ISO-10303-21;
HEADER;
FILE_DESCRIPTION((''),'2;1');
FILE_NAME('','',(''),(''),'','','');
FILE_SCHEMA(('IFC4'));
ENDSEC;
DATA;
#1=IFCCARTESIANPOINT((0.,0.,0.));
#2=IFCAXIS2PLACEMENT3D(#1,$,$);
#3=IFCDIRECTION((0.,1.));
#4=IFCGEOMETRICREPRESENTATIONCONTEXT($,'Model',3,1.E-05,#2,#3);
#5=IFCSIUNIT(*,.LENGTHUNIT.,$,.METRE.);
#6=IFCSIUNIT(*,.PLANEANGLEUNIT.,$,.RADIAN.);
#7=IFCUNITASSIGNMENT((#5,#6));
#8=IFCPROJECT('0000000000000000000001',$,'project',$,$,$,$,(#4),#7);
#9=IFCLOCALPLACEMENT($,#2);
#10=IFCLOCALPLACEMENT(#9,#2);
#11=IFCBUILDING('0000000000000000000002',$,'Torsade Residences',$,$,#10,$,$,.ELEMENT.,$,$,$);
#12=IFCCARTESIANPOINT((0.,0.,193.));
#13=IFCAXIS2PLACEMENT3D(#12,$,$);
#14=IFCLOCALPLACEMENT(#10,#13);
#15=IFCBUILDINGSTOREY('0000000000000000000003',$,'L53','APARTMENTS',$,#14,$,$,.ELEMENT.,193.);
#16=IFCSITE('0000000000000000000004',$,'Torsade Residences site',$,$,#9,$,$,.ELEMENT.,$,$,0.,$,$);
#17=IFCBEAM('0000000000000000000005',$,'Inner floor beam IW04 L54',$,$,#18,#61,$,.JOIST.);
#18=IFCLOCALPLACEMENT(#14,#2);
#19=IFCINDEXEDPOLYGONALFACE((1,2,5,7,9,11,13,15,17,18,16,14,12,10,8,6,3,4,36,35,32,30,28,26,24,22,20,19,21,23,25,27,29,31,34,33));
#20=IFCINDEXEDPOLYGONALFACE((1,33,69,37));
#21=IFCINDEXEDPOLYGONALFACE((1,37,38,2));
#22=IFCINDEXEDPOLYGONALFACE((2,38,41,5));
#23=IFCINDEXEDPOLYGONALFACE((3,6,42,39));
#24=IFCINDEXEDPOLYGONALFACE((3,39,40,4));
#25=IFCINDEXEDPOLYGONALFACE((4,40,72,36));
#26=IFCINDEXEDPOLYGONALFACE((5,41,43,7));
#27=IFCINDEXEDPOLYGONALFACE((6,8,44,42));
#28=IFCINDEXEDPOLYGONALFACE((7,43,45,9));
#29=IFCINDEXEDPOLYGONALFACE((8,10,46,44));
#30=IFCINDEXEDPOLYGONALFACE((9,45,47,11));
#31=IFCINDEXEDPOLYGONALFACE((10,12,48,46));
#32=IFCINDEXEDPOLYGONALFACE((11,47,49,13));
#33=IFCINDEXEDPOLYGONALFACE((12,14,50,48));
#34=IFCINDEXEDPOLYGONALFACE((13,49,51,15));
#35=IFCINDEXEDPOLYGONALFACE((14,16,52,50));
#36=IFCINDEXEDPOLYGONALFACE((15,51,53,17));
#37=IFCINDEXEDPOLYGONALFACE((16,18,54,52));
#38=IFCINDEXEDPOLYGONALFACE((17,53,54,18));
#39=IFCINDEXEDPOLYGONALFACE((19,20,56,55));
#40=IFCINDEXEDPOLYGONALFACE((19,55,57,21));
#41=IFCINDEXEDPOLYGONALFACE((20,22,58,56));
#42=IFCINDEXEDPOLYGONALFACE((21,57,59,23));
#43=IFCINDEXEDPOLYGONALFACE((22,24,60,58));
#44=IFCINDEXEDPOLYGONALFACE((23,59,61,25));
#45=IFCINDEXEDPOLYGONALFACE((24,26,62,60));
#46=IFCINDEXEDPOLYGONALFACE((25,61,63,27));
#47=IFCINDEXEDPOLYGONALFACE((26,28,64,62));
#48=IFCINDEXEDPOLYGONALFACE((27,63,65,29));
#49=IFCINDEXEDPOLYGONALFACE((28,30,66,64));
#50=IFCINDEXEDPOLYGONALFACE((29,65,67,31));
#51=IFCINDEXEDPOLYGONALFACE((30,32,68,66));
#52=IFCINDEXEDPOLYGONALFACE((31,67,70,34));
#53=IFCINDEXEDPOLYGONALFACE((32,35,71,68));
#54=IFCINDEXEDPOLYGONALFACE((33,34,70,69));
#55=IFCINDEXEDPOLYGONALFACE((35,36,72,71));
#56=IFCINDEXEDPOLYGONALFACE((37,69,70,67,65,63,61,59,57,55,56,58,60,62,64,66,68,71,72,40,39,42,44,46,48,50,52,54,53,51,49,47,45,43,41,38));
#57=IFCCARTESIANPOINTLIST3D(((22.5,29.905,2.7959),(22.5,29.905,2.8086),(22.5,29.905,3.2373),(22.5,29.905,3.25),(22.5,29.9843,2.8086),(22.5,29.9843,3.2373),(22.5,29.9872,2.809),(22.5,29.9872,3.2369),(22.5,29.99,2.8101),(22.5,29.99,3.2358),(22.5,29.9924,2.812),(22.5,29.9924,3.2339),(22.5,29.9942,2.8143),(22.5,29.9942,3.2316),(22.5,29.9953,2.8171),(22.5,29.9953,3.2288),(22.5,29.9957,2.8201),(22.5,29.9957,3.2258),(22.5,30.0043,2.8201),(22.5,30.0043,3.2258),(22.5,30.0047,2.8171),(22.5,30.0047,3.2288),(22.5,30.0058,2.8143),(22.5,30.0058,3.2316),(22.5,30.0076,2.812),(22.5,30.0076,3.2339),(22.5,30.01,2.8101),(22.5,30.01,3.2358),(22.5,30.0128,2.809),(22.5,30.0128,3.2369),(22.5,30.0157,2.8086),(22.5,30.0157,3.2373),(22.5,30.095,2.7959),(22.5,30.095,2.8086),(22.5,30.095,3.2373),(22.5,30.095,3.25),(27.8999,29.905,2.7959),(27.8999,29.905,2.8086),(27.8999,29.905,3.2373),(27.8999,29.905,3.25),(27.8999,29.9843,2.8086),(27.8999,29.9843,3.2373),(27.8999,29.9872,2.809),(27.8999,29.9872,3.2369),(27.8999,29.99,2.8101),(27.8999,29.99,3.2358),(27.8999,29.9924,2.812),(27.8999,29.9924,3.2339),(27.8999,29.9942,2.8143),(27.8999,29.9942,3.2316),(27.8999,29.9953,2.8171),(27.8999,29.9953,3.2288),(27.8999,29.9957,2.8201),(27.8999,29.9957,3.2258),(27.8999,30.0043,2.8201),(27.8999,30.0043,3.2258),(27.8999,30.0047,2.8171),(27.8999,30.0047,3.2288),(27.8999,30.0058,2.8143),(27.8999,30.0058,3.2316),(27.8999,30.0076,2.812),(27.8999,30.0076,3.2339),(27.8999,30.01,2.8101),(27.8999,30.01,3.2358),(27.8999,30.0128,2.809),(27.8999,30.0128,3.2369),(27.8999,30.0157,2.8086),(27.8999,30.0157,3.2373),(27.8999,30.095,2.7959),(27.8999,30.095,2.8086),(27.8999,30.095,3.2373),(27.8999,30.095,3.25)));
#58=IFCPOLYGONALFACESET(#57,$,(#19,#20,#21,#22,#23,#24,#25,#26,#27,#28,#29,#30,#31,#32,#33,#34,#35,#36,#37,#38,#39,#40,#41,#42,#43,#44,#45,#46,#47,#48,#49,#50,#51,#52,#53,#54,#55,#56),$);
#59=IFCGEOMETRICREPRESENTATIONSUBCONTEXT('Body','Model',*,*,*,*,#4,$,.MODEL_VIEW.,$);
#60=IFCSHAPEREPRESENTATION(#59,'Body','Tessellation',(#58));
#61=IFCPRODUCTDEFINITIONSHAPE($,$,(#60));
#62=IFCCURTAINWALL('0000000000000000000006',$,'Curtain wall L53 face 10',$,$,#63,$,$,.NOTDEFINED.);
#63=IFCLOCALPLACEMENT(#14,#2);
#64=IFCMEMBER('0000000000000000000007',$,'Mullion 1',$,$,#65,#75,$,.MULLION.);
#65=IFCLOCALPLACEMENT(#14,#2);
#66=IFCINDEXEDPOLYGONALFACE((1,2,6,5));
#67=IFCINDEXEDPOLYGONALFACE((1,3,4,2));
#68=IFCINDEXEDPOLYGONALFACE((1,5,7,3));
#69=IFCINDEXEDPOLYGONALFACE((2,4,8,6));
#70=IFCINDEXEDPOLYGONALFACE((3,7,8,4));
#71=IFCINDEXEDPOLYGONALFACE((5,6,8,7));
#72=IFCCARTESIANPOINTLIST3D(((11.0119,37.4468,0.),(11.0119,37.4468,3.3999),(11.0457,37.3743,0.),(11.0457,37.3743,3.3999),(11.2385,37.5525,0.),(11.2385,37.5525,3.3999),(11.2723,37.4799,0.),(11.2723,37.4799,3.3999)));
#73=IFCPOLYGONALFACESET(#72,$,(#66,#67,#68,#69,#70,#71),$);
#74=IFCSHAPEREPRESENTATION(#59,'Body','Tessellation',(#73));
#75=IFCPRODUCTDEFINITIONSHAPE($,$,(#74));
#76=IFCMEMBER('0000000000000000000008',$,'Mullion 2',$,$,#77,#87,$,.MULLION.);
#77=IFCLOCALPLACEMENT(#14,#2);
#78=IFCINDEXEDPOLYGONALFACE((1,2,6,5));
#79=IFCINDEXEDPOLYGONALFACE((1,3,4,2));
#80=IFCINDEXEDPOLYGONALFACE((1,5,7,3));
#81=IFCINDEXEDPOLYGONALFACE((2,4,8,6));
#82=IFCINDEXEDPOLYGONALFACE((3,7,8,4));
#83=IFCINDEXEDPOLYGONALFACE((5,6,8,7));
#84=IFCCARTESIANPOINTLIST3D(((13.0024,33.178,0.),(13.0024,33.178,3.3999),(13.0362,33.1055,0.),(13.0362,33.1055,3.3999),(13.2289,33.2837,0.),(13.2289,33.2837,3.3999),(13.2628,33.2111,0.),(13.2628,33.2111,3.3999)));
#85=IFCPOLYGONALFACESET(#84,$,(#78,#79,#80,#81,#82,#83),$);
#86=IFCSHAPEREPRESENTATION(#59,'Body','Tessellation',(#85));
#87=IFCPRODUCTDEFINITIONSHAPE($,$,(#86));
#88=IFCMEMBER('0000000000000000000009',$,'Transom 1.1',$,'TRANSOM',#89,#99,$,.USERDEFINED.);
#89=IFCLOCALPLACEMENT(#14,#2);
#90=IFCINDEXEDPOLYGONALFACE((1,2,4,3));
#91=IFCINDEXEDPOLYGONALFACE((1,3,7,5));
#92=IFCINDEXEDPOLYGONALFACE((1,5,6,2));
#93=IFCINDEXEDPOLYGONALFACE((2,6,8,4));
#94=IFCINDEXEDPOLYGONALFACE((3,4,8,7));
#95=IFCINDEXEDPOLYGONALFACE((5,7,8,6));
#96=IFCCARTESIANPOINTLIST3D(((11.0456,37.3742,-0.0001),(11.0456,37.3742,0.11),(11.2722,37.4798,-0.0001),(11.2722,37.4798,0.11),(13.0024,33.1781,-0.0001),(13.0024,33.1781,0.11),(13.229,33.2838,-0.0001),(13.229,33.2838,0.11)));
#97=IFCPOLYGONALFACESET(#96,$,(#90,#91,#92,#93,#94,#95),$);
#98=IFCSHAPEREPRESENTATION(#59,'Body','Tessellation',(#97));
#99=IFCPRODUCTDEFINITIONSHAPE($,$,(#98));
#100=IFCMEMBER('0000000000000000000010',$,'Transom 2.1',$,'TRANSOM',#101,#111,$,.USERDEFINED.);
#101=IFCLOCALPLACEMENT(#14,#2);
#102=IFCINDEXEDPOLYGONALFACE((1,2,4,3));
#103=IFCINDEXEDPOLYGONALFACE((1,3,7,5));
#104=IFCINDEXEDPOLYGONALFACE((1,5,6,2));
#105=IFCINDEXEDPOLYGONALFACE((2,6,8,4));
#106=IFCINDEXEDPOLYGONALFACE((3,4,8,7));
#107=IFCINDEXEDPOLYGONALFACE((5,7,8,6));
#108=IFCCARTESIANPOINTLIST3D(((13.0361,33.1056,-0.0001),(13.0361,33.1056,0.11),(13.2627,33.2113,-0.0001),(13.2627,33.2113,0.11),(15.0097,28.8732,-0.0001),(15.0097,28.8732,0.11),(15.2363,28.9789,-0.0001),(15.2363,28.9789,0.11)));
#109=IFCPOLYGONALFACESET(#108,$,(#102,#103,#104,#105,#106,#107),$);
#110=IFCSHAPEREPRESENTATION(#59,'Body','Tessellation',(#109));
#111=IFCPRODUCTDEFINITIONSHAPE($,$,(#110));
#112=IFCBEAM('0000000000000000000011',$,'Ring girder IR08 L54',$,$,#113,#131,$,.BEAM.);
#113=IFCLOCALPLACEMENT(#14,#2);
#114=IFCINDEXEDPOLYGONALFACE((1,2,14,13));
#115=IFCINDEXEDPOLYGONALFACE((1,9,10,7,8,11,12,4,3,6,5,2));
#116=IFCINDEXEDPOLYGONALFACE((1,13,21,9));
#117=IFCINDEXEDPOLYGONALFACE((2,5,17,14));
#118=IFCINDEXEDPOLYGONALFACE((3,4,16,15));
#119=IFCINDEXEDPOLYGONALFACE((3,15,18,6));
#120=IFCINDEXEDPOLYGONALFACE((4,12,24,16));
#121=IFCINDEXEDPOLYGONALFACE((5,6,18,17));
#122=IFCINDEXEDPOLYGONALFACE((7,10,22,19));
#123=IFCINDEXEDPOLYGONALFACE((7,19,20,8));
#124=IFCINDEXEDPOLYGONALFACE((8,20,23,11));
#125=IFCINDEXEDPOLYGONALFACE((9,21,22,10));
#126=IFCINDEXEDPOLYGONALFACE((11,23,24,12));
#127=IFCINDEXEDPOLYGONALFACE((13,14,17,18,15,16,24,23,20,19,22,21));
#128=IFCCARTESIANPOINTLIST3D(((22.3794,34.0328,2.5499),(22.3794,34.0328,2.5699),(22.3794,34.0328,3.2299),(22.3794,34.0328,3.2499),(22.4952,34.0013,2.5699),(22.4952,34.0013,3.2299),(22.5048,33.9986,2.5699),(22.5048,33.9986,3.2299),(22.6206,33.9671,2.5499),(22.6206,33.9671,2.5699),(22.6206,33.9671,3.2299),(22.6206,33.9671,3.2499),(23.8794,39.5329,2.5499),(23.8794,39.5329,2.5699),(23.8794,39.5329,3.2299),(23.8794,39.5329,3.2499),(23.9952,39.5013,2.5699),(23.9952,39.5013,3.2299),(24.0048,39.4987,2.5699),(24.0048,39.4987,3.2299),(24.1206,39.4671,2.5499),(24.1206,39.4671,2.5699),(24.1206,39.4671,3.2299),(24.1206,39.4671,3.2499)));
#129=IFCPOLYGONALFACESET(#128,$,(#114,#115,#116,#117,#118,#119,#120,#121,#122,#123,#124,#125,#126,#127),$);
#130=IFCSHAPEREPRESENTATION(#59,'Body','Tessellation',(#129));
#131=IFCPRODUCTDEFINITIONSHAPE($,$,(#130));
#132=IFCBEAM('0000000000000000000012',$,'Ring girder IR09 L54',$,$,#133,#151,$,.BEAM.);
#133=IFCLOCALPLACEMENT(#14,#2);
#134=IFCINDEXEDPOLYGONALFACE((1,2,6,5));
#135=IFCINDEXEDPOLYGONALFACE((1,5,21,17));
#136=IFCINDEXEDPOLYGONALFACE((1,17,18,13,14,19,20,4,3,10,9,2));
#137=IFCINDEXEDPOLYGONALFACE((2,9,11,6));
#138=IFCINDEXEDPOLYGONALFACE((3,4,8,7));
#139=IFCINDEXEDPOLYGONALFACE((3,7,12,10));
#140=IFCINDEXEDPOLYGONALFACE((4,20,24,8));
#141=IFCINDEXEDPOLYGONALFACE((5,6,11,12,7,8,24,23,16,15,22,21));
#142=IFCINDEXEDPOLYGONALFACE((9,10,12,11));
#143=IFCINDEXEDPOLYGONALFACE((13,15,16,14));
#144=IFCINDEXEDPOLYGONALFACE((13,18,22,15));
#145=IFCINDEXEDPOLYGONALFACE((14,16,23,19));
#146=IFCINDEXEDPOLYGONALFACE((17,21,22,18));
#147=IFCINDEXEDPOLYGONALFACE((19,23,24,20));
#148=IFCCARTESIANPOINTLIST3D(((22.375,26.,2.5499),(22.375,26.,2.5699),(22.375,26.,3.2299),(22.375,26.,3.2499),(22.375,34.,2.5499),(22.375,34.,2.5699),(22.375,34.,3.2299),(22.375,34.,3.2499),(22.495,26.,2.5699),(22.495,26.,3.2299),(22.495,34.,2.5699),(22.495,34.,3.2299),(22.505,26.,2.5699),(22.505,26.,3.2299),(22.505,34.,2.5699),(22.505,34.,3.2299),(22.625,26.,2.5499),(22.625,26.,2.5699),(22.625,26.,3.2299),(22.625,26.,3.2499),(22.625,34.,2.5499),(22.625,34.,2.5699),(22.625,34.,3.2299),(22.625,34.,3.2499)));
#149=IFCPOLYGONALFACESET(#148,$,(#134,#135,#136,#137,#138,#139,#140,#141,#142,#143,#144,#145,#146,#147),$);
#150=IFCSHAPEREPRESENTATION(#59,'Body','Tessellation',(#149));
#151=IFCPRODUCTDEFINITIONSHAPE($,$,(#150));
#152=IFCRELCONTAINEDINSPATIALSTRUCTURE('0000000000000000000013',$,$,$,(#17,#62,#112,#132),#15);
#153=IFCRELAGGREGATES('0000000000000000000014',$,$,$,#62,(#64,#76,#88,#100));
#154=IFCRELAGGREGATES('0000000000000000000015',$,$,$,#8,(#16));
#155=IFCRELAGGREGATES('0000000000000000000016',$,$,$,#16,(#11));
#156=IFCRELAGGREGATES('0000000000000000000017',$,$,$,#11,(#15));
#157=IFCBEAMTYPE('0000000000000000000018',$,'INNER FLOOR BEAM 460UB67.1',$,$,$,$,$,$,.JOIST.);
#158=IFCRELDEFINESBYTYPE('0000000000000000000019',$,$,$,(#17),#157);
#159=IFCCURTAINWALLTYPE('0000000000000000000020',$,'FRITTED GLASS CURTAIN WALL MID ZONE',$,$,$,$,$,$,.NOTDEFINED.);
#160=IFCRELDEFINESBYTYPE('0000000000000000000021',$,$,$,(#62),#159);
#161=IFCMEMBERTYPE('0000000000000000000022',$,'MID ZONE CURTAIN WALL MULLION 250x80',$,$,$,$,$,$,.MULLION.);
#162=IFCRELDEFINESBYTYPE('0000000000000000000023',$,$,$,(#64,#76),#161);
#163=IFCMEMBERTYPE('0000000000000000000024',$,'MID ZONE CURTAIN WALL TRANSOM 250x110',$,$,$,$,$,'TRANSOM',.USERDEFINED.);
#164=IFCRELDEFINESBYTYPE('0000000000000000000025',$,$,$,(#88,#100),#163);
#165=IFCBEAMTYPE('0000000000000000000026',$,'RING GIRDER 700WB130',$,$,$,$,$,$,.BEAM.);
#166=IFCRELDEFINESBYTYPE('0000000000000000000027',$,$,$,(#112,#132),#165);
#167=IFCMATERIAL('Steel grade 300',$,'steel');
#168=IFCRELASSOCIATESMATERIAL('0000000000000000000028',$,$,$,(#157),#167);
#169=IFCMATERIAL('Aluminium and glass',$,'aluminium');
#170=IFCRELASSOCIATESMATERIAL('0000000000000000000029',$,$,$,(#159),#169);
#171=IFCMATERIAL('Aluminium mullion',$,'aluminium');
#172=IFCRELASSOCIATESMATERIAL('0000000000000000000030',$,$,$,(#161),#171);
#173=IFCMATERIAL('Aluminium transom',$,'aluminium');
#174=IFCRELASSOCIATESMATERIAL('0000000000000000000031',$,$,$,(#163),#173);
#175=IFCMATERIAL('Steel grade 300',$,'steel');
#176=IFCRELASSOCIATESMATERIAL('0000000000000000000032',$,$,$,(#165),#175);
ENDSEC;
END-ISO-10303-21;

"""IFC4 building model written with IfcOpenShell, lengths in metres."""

from ifc_helpers import new_model, si_unit, direction, frame, origin, origin_2d, place, context, subcontext, project, spatial, rectangle, i_section, extrude, material, material_profile, profile_set, type_object, element, aggregate, save


model = new_model("IFC4")

# Units and contexts
model_context = context("Model", 3, precision=1e-05, world=origin(), true_north=direction((0.0, 1.0)))
body_context = subcontext(model_context, "Body", "Model", "MODEL_VIEW")
ifc_project = project(units=[si_unit("LENGTHUNIT", "METRE"), si_unit("PLANEANGLEUNIT", "RADIAN")], contexts=[model_context])

# Site, building, storey
site_placement = place(None, origin())
site = spatial("IfcSite", under=ifc_project, at=site_placement, Name="Torsade Residences site", CompositionType="ELEMENT", RefElevation=0.0)
building_placement = place(site_placement, origin())
building = spatial("IfcBuilding", under=site, at=building_placement, Name="Torsade Residences", CompositionType="ELEMENT")
storey_placement = place(building_placement, frame((0.0, 0.0, 193.0)))
storey = spatial("IfcBuildingStorey", under=building, at=storey_placement, Name="L53", Description="APARTMENTS", CompositionType="ELEMENT", Elevation=193.0)

# Beam
ifc_material_1 = material(Name="Steel grade 300", Category="steel")
ifc_material_profile_1 = material_profile(ifc_material_1, i_section(OverallWidth=0.1899, OverallDepth=0.4541, WebThickness=0.0085, FlangeThickness=0.0127, FilletRadius=0.0115, at=origin_2d()), Name="460UB67.1")
ifc_profile_set_1 = profile_set([ifc_material_profile_1], Name="Steel grade 300")
beam_type_1 = type_object("IfcBeamType", Name="INNER FLOOR BEAM 460UB67.1", PredefinedType="JOIST", material=ifc_profile_set_1)
beam_1_placement = place(storey_placement, frame((27.8999, 30.0, 3.0229), z_axis=(-1.0, 0.0, 0.0), x_axis=(0.0, -1.0, 0.0)))
element("IfcBeam", 1, at=beam_1_placement, inside=storey, type_object=beam_type_1, Name="Inner floor beam IW04 L54", PredefinedType="JOIST", context=body_context, shape_type="SweptSolid", body=[
    extrude(i_section(OverallWidth=0.1899, OverallDepth=0.4541, WebThickness=0.0085, FlangeThickness=0.0127, FilletRadius=0.0115, at=origin_2d()), origin(), (0.0, 0.0, 1.0), 5.3999),
])

# Curtain wall, members
ifc_material_2 = material(Name="Aluminium and glass", Category="aluminium")
curtain_wall_type = type_object("IfcCurtainWallType", Name="FRITTED GLASS CURTAIN WALL MID ZONE", PredefinedType="NOTDEFINED", material=ifc_material_2)
curtain_wall_placement = place(storey_placement, origin())
curtain_wall = element("IfcCurtainWall", 2, at=curtain_wall_placement, inside=storey, type_object=curtain_wall_type, Name="Curtain wall L53 face 10", PredefinedType="NOTDEFINED")
ifc_material_3 = material(Name="Aluminium mullion", Category="aluminium")
ifc_material_profile_2 = material_profile(ifc_material_3, rectangle(XDim=0.25, YDim=0.0801, at=origin_2d()), Name="MID ZONE CURTAIN WALL MULLION 250x80")
ifc_profile_set_2 = profile_set([ifc_material_profile_2], Name="Aluminium mullion")
member_type_1 = type_object("IfcMemberType", Name="MID ZONE CURTAIN WALL MULLION 250x80", PredefinedType="MULLION", material=ifc_profile_set_2)
member_1_placement = place(storey_placement, frame((11.1421, 37.4634, 0.0), z_axis=(0.0, 0.0, 1.0), x_axis=(0.906308, 0.422618, 0.0)))
member_1 = element("IfcMember", 3, at=member_1_placement, type_object=member_type_1, Name="Mullion 1", PredefinedType="MULLION", context=body_context, shape_type="SweptSolid", body=[
    extrude(rectangle(XDim=0.25, YDim=0.0801, at=origin_2d()), origin(), (0.0, 0.0, 1.0), 3.3999),
])
member_2_placement = place(storey_placement, frame((13.1326, 33.1946, 0.0), z_axis=(0.0, 0.0, 1.0), x_axis=(0.906308, 0.422618, 0.0)))
member_2 = element("IfcMember", 4, at=member_2_placement, type_object=member_type_1, Name="Mullion 2", PredefinedType="MULLION", context=body_context, shape_type="SweptSolid", body=[
    extrude(rectangle(XDim=0.25, YDim=0.0801, at=origin_2d()), origin(), (0.0, 0.0, 1.0), 3.3999),
])
ifc_material_4 = material(Name="Aluminium transom", Category="aluminium")
ifc_material_profile_3 = material_profile(ifc_material_4, rectangle(XDim=0.25, YDim=0.1101, at=origin_2d()), Name="MID ZONE CURTAIN WALL TRANSOM 250x110")
ifc_profile_set_3 = profile_set([ifc_material_profile_3], Name="Aluminium transom")
member_type_2 = type_object("IfcMemberType", Name="MID ZONE CURTAIN WALL TRANSOM 250x110", ElementType="TRANSOM", PredefinedType="USERDEFINED", material=ifc_profile_set_3)
member_3_placement = place(storey_placement, frame((11.1589, 37.427, 0.0549), z_axis=(0.422643, -0.906296, 0.0), x_axis=(0.906296, 0.422643, 0.0)))
member_3 = element("IfcMember", 5, at=member_3_placement, type_object=member_type_2, Name="Transom 1.1", ObjectType="TRANSOM", PredefinedType="USERDEFINED", context=body_context, shape_type="SweptSolid", body=[
    extrude(rectangle(XDim=0.25, YDim=0.1101, at=origin_2d()), origin(), (0.0, 0.0, 1.0), 4.6299),
])
member_4_placement = place(storey_placement, frame((13.1494, 33.1584, 0.0549), z_axis=(0.422622, -0.906306, 0.0), x_axis=(0.906306, 0.422622, 0.0)))
member_4 = element("IfcMember", 6, at=member_4_placement, type_object=member_type_2, Name="Transom 2.1", ObjectType="TRANSOM", PredefinedType="USERDEFINED", context=body_context, shape_type="SweptSolid", body=[
    extrude(rectangle(XDim=0.25, YDim=0.1101, at=origin_2d()), origin(), (0.0, 0.0, 1.0), 4.6699),
])

# Beams
ifc_material_5 = material(Name="Steel grade 300", Category="steel")
ifc_material_profile_4 = material_profile(ifc_material_5, i_section(OverallWidth=0.25, OverallDepth=0.7, WebThickness=0.01, FlangeThickness=0.02, at=origin_2d()), Name="700WB130")
ifc_profile_set_4 = profile_set([ifc_material_profile_4], Name="Steel grade 300")
beam_type_2 = type_object("IfcBeamType", Name="RING GIRDER 700WB130", PredefinedType="BEAM", material=ifc_profile_set_4)
beam_2_placement = place(storey_placement, frame((24.0, 39.5, 2.8999), z_axis=(-0.263117, -0.964764, 0.0), x_axis=(0.964764, -0.263117, 0.0)))
element("IfcBeam", 7, at=beam_2_placement, inside=storey, type_object=beam_type_2, Name="Ring girder IR08 L54", PredefinedType="BEAM", context=body_context, shape_type="SweptSolid", body=[
    extrude(i_section(OverallWidth=0.25, OverallDepth=0.7, WebThickness=0.01, FlangeThickness=0.02, at=origin_2d()), origin(), (0.0, 0.0, 1.0), 5.7009),
])
beam_3_placement = place(storey_placement, frame((22.5, 34.0, 2.8999), z_axis=(0.0, -1.0, 0.0), x_axis=(1.0, 0.0, 0.0)))
element("IfcBeam", 8, at=beam_3_placement, inside=storey, type_object=beam_type_2, Name="Ring girder IR09 L54", PredefinedType="BEAM", context=body_context, shape_type="SweptSolid", body=[
    extrude(i_section(OverallWidth=0.25, OverallDepth=0.7, WebThickness=0.01, FlangeThickness=0.02, at=origin_2d()), origin(), (0.0, 0.0, 1.0), 8.0),
])

aggregate(curtain_wall, [member_1, member_2, member_3, member_4])

save(model, "model.ifc")
